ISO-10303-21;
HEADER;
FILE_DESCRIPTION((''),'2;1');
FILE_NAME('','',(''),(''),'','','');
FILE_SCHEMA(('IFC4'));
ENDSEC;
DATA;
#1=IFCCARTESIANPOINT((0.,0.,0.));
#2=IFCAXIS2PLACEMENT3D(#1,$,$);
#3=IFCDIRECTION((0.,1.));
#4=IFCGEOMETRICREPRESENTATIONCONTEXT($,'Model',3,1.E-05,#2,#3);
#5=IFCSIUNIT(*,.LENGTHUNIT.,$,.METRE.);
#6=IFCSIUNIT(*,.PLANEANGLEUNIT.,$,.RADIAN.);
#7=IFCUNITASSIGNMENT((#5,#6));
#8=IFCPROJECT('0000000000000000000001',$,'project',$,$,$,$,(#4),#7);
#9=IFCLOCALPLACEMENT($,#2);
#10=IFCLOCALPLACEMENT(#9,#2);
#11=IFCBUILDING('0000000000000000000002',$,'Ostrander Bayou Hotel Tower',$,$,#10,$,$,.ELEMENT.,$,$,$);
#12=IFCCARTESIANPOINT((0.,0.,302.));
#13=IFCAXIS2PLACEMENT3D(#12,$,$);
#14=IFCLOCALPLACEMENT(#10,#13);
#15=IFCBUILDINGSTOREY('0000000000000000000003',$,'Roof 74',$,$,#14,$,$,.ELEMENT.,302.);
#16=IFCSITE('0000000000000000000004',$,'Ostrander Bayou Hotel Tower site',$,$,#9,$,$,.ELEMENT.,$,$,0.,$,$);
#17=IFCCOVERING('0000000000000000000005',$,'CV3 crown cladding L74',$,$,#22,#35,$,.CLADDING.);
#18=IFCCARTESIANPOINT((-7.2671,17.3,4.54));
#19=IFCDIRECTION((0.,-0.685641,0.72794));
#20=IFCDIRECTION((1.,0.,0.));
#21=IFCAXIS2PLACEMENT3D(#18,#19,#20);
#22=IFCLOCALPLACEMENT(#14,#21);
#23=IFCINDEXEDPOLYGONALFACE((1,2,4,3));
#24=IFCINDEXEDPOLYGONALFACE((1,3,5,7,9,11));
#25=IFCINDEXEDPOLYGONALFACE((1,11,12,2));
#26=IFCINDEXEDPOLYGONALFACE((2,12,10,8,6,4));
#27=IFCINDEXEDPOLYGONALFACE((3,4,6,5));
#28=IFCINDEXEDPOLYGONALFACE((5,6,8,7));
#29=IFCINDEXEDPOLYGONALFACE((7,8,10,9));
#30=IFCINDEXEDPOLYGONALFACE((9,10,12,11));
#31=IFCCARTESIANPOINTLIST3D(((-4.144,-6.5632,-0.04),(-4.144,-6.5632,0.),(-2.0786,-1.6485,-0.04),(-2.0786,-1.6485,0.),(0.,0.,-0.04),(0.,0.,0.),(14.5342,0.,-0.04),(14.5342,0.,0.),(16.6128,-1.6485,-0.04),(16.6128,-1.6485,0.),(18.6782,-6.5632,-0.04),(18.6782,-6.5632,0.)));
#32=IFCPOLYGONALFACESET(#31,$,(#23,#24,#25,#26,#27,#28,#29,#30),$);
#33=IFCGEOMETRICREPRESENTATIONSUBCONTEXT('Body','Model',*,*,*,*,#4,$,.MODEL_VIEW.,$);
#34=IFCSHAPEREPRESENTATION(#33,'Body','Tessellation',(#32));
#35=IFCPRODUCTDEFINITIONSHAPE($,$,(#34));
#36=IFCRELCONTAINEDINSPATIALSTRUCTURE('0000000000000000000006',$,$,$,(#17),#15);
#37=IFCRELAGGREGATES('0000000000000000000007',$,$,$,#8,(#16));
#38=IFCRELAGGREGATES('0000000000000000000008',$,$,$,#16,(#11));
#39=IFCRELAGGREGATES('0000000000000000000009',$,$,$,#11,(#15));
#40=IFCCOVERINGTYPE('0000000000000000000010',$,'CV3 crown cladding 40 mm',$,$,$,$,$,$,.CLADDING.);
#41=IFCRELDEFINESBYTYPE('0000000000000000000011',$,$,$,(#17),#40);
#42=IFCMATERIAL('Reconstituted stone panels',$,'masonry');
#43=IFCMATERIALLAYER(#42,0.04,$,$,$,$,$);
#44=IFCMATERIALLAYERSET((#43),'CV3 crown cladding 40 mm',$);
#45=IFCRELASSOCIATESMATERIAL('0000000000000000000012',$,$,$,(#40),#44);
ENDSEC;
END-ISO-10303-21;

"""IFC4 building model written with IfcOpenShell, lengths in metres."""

from ifc_helpers import new_model, si_unit, direction, frame, origin, place, context, subcontext, project, spatial, polyline, outline, extrude, material, layer, layer_set, type_object, element, save


model = new_model("IFC4")

# Units and contexts
model_context = context("Model", 3, precision=1e-05, world=origin(), true_north=direction((0.0, 1.0)))
body_context = subcontext(model_context, "Body", "Model", "MODEL_VIEW")
ifc_project = project(units=[si_unit("LENGTHUNIT", "METRE"), si_unit("PLANEANGLEUNIT", "RADIAN")], contexts=[model_context])

# Site, building, storey
site_placement = place(None, origin())
site = spatial("IfcSite", under=ifc_project, at=site_placement, Name="Ostrander Bayou Hotel Tower site", CompositionType="ELEMENT", RefElevation=0.0)
building_placement = place(site_placement, origin())
building = spatial("IfcBuilding", under=site, at=building_placement, Name="Ostrander Bayou Hotel Tower", CompositionType="ELEMENT")
storey_placement = place(building_placement, frame((0.0, 0.0, 302.0)))
storey = spatial("IfcBuildingStorey", under=building, at=storey_placement, Name="Roof 74", CompositionType="ELEMENT", Elevation=302.0)

# Covering
ifc_material_1 = material(Name="Reconstituted stone panels", Category="masonry")
ifc_layer_1 = layer(ifc_material_1, 0.04)
ifc_layer_set_1 = layer_set([ifc_layer_1], Name="CV3 crown cladding 40 mm")
covering_type = type_object("IfcCoveringType", Name="CV3 crown cladding 40 mm", PredefinedType="CLADDING", material=ifc_layer_set_1)
covering_1_placement = place(storey_placement, frame((-7.2671, 17.3, 4.54), z_axis=(0.0, -0.685641, 0.72794), x_axis=(1.0, 0.0, 0.0)))
element("IfcCovering", 1, at=covering_1_placement, inside=storey, type_object=covering_type, Name="CV3 crown cladding L74", PredefinedType="CLADDING", context=body_context, shape_type="SweptSolid", body=[
    extrude(outline(polyline([(0.0, 0.0), (14.5342, 0.0), (16.6128, -1.6485), (18.6782, -6.5632), (-4.144, -6.5632), (-2.0786, -1.6485), (0.0, 0.0)])), origin(), (0.0, 0.0, -1.0), 0.04),
])

save(model, "model.ifc")
